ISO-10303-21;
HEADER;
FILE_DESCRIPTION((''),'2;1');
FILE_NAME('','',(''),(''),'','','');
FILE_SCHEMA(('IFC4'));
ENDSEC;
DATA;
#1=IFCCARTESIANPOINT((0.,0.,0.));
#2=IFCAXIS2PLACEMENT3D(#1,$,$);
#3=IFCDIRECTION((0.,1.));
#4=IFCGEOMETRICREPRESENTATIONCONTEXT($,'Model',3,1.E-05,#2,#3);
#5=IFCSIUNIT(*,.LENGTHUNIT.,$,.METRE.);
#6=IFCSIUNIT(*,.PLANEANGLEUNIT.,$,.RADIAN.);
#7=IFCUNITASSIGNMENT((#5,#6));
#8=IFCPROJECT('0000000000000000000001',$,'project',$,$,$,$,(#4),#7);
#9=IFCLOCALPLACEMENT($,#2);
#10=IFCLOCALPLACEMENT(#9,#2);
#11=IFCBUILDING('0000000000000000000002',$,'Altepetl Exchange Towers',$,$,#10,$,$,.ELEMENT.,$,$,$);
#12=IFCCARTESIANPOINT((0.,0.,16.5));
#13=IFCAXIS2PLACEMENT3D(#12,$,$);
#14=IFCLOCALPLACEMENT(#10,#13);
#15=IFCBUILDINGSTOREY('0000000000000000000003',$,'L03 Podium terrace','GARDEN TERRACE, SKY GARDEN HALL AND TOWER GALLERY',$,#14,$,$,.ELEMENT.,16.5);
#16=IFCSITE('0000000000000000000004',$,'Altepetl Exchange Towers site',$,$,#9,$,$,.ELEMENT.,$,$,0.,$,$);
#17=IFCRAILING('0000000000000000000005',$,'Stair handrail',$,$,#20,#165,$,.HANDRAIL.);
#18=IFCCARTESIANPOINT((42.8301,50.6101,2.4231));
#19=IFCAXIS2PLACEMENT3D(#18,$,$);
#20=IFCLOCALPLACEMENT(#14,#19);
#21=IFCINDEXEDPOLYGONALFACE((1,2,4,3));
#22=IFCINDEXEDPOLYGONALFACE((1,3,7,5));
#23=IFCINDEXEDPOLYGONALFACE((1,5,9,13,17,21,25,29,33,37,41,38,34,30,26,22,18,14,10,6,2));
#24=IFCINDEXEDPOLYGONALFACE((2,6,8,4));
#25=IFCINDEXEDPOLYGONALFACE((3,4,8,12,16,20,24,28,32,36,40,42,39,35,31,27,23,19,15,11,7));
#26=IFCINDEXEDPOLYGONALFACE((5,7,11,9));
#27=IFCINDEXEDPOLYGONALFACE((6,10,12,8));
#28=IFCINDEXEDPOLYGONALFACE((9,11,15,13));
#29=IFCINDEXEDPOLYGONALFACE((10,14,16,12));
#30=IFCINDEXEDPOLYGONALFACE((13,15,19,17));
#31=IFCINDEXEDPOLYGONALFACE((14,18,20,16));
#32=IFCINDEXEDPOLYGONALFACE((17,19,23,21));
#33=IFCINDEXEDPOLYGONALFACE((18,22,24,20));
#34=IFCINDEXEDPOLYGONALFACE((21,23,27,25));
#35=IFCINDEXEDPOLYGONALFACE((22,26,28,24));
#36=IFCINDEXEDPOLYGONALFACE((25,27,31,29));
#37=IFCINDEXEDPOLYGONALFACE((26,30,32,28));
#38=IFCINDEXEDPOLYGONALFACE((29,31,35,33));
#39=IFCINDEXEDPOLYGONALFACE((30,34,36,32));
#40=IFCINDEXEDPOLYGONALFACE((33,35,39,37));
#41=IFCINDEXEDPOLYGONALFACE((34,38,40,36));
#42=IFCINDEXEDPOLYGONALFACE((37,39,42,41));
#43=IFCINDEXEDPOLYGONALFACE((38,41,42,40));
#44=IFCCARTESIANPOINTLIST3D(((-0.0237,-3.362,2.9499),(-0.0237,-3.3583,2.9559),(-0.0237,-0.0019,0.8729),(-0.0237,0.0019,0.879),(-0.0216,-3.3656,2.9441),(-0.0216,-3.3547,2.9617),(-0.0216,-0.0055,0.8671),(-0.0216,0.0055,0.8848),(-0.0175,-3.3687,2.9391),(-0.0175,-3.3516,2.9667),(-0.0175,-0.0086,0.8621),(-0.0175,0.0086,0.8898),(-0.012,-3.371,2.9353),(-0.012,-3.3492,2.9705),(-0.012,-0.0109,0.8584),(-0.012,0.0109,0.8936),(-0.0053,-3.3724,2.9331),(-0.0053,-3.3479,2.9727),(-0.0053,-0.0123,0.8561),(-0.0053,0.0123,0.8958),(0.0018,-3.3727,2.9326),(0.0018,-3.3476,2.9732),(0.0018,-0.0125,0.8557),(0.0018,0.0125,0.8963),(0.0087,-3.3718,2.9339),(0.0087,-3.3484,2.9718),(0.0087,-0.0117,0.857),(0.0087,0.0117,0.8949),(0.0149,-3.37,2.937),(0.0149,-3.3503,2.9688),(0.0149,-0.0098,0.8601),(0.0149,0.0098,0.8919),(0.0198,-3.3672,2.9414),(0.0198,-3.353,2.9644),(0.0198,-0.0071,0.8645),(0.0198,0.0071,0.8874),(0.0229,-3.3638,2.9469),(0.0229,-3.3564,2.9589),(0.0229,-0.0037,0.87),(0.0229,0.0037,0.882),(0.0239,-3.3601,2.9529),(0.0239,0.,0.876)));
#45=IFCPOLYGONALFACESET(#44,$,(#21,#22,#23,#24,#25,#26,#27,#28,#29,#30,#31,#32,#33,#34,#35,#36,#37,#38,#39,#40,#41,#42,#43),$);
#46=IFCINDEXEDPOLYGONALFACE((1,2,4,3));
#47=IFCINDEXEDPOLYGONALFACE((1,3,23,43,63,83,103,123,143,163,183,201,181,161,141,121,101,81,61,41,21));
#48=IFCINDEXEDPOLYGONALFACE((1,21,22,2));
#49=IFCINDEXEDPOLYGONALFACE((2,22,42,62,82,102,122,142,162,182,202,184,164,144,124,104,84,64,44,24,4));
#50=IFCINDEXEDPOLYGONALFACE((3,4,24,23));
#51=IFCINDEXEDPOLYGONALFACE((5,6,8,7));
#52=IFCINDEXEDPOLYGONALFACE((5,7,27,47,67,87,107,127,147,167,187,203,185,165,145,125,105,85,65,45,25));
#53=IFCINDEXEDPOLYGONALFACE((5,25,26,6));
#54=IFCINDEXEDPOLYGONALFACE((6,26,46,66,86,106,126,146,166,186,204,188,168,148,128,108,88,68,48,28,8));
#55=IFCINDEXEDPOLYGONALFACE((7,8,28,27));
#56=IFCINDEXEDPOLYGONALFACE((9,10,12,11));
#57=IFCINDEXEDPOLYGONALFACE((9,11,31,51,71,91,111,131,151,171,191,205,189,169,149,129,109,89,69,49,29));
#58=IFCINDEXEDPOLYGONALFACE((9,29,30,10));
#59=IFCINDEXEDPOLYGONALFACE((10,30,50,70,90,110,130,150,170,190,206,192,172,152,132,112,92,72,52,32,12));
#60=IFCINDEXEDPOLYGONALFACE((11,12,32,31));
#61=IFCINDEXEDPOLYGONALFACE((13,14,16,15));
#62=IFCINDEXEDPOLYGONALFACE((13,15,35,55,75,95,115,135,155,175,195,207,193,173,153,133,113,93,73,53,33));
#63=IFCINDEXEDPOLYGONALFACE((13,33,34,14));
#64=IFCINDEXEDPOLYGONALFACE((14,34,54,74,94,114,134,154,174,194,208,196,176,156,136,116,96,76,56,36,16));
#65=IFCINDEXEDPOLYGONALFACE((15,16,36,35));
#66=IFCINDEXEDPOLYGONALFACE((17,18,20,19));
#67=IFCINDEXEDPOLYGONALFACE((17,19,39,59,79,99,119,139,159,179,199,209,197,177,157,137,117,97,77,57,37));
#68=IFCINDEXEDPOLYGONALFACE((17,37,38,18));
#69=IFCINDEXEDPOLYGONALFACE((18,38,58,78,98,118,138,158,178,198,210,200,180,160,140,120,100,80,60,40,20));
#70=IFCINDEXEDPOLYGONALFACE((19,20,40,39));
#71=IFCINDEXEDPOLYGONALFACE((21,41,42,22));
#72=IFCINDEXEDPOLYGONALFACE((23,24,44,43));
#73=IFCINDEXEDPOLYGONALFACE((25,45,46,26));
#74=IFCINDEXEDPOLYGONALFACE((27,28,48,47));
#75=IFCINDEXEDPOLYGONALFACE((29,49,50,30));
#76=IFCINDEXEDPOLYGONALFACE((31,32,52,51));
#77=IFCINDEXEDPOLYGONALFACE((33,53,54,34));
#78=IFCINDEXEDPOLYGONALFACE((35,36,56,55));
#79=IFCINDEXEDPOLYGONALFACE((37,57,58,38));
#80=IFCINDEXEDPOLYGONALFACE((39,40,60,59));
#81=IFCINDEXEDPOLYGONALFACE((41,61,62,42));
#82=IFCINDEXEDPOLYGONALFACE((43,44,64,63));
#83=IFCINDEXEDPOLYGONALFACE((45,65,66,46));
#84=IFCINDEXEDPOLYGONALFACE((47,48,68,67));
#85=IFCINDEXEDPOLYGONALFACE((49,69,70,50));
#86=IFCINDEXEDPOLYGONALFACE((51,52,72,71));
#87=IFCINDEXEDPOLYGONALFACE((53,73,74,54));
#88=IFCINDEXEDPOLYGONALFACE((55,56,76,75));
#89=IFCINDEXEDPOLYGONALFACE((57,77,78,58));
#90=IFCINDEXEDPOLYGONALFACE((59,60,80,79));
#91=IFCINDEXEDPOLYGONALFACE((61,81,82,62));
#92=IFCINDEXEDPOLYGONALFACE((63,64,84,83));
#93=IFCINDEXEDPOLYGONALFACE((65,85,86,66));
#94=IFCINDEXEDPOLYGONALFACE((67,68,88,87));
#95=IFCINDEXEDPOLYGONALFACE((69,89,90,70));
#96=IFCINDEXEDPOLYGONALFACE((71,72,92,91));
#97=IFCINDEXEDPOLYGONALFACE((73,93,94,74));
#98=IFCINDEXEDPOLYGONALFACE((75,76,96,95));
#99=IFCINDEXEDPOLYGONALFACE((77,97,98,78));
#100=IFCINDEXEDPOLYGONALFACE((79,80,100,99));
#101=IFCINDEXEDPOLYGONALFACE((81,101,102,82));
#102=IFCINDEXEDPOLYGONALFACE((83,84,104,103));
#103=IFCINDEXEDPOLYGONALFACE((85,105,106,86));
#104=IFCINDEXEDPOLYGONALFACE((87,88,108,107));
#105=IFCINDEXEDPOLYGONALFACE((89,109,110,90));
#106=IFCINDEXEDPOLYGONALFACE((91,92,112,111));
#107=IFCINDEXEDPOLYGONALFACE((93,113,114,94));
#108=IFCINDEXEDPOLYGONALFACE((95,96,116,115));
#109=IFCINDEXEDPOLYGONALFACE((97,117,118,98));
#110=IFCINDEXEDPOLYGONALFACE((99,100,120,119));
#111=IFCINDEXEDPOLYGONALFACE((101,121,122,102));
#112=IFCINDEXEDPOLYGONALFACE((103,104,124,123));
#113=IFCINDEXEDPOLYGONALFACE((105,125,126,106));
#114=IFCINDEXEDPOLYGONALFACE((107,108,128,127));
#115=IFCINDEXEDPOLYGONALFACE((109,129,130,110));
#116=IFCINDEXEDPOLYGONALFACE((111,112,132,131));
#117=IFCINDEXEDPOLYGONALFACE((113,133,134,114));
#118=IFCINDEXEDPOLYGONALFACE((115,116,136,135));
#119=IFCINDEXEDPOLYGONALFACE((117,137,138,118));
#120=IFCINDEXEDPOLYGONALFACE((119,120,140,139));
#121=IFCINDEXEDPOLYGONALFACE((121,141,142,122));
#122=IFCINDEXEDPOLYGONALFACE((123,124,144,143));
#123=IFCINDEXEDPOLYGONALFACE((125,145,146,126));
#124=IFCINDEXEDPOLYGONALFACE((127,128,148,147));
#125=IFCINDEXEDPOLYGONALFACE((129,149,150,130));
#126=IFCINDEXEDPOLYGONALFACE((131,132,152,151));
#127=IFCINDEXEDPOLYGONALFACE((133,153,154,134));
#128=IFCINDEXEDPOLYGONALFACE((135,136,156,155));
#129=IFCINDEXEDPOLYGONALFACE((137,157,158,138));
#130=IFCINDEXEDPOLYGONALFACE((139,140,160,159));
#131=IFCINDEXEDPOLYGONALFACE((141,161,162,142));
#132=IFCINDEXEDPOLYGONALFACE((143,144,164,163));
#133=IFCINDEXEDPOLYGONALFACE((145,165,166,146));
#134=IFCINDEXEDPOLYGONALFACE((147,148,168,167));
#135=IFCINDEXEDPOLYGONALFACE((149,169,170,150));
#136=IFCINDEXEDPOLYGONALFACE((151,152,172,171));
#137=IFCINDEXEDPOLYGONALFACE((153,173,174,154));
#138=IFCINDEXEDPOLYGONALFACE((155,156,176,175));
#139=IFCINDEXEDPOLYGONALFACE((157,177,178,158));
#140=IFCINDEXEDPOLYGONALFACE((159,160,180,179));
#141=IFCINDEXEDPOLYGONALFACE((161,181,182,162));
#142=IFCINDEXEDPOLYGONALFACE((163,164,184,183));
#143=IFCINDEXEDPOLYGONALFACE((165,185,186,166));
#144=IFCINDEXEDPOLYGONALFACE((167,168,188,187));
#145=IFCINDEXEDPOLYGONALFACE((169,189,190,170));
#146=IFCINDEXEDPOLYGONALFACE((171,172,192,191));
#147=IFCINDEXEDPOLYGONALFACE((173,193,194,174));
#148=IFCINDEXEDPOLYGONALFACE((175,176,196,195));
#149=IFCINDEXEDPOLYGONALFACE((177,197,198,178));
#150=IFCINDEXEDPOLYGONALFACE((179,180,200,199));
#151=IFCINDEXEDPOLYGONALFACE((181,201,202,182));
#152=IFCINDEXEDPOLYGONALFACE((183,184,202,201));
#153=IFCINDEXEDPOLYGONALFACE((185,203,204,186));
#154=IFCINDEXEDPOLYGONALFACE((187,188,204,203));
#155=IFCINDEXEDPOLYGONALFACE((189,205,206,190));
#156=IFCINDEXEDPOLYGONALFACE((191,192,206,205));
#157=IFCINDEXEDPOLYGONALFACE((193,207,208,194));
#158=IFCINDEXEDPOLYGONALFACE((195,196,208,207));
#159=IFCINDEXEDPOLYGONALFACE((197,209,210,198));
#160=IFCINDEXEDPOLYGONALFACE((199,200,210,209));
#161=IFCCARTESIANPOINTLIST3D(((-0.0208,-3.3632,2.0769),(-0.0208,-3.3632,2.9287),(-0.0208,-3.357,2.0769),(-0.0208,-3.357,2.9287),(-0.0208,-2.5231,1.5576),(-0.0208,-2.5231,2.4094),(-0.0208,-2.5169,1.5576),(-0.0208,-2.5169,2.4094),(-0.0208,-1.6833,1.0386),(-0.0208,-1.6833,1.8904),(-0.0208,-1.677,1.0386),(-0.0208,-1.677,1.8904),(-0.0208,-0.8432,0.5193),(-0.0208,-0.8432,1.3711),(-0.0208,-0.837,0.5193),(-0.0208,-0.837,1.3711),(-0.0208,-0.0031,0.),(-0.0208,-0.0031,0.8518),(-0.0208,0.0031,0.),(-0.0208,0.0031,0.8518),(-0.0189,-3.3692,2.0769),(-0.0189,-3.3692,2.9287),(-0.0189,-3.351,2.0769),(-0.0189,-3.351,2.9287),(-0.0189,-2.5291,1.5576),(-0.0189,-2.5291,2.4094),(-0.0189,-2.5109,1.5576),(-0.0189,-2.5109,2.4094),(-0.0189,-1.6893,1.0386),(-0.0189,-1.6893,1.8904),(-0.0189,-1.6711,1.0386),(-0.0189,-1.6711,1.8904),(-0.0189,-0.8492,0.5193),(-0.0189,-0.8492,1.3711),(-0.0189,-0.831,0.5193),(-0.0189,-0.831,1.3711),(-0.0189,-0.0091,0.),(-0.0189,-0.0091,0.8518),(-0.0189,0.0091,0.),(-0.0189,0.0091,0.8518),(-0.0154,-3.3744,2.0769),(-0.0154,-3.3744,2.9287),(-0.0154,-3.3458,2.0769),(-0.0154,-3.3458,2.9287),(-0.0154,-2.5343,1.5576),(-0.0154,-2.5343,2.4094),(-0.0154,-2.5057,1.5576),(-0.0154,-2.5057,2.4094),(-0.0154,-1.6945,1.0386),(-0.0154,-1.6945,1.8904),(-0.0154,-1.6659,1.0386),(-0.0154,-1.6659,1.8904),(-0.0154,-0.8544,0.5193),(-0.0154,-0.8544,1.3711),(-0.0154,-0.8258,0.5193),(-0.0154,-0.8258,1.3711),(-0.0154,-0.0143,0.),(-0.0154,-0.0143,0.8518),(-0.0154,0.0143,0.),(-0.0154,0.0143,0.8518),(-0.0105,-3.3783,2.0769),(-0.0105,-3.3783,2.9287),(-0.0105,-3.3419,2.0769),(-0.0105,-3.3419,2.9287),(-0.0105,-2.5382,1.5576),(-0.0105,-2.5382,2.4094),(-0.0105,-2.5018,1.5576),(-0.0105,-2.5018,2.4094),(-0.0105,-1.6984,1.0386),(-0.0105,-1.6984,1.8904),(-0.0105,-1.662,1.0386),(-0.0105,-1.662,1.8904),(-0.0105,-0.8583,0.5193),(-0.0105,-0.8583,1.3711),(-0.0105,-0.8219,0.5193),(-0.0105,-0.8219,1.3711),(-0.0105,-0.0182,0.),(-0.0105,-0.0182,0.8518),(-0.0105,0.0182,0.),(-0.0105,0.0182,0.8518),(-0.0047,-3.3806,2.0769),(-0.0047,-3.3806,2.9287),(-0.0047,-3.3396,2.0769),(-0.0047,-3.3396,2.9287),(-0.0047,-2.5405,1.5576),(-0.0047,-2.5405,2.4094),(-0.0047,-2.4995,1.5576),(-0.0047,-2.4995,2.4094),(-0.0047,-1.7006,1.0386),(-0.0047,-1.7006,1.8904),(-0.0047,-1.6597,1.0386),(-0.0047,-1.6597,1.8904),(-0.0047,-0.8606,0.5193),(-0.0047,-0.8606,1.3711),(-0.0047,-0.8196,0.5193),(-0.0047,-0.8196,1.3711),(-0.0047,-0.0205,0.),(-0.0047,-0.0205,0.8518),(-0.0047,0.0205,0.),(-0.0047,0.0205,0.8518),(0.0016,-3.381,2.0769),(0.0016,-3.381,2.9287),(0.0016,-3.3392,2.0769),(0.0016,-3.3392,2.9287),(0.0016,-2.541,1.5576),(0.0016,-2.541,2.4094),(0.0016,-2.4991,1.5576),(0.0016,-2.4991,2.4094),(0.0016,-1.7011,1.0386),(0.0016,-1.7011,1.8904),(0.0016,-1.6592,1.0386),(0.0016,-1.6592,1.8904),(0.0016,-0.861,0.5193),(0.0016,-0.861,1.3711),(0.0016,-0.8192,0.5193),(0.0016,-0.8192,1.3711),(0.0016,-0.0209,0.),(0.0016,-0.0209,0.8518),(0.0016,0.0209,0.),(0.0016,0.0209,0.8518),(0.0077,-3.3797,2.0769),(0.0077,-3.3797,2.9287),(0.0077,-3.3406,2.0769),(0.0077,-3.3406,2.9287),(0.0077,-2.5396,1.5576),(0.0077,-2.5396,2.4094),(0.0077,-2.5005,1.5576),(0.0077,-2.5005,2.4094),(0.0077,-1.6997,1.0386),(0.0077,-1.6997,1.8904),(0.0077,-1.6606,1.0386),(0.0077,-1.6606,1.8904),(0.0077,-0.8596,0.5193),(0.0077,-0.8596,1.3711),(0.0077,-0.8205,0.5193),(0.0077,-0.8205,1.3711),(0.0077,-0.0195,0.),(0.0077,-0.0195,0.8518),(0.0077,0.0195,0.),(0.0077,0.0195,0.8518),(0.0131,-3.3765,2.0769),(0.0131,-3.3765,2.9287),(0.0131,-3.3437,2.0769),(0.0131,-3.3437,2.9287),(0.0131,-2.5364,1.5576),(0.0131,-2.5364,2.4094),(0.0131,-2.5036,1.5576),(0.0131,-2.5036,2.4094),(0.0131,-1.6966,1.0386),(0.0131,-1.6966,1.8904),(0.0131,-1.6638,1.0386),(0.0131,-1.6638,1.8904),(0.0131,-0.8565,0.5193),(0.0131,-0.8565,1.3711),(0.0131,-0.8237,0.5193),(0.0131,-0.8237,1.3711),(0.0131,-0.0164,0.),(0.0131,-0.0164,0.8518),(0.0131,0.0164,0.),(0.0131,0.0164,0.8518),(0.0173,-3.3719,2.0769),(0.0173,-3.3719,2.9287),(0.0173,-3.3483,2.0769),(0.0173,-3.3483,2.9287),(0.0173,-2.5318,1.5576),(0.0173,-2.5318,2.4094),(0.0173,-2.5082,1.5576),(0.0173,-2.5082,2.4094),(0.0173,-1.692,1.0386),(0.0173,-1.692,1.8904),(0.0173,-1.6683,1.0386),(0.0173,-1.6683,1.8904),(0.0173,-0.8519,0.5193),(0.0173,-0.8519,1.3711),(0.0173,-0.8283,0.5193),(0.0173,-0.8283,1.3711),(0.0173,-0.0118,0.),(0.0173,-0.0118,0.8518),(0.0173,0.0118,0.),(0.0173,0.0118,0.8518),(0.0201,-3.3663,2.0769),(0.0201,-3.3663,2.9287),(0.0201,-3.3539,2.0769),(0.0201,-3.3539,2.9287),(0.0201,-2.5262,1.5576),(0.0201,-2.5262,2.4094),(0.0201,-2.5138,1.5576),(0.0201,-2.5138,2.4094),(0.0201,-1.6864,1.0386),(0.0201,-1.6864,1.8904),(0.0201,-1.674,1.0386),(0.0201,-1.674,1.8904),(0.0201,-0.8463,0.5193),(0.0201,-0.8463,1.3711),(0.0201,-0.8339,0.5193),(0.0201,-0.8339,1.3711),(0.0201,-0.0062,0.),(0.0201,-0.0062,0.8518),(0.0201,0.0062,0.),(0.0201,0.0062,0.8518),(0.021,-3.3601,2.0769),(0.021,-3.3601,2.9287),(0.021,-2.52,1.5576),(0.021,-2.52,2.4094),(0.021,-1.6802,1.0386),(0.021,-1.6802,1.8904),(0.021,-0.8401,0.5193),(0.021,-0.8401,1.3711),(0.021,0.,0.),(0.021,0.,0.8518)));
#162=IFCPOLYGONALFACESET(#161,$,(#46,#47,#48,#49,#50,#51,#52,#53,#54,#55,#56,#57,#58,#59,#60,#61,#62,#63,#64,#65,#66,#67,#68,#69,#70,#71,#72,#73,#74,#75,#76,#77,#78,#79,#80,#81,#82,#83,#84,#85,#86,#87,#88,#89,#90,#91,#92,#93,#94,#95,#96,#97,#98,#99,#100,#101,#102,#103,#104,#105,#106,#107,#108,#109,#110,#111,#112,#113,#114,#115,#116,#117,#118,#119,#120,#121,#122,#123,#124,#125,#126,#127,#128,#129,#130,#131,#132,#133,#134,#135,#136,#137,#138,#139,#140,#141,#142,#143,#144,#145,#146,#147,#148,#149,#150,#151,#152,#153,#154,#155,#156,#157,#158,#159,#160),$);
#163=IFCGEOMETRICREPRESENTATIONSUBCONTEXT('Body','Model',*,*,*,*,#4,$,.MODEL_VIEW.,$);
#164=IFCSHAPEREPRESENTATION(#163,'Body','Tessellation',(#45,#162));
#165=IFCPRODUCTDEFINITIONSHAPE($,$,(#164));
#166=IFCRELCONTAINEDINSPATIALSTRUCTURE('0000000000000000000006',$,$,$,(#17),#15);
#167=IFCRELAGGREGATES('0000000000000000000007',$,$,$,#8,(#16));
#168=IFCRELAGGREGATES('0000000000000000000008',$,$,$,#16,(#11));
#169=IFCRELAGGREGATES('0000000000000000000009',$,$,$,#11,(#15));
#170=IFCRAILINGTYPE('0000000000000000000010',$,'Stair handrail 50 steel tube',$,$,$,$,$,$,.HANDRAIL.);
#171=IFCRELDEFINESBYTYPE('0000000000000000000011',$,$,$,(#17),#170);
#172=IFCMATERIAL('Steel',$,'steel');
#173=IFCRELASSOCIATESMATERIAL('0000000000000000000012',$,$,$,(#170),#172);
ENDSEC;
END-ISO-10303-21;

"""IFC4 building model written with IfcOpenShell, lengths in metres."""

from ifc_helpers import new_model, si_unit, direction, frame, origin, origin_2d, place, context, subcontext, project, spatial, circle, extrude, source, transform, mapped, material, type_object, element, save


model = new_model("IFC4")

# Units and contexts
model_context = context("Model", 3, precision=1e-05, world=origin(), true_north=direction((0.0, 1.0)))
body_context = subcontext(model_context, "Body", "Model", "MODEL_VIEW")
ifc_project = project(units=[si_unit("LENGTHUNIT", "METRE"), si_unit("PLANEANGLEUNIT", "RADIAN")], contexts=[model_context])

# Site, building, storey
site_placement = place(None, origin())
site = spatial("IfcSite", under=ifc_project, at=site_placement, Name="Altepetl Exchange Towers site", CompositionType="ELEMENT", RefElevation=0.0)
building_placement = place(site_placement, origin())
building = spatial("IfcBuilding", under=site, at=building_placement, Name="Altepetl Exchange Towers", CompositionType="ELEMENT")
storey_placement = place(building_placement, frame((0.0, 0.0, 16.5)))
storey = spatial("IfcBuildingStorey", under=building, at=storey_placement, Name="L03 Podium terrace", Description="GARDEN TERRACE, SKY GARDEN HALL AND TOWER GALLERY", CompositionType="ELEMENT", Elevation=16.5)

# Railing
ifc_material_1 = material(Name="Steel", Category="steel")
railing_type = type_object("IfcRailingType", Name="Stair handrail 50 steel tube", PredefinedType="HANDRAIL", material=ifc_material_1)
shared_shape = source(origin(), body_context, "Body", "SweptSolid", [
    extrude(circle(Radius=0.021, at=origin_2d()), origin(), (0.0, 0.0, 1.0), 0.8518),
])
railing_placement = place(storey_placement, frame((42.8301, 50.6101, 2.4231)))
element("IfcRailing", 1, at=railing_placement, inside=storey, type_object=railing_type, Name="Stair handrail", PredefinedType="HANDRAIL", context=body_context, shape_type="SweptSolid", body=[
    extrude(circle(Radius=0.0239, at=origin_2d()), frame((0.0, 0.0, 0.876), z_axis=(0.0, -0.850623, 0.525776), x_axis=(1.0, 0.0, 0.0)), (0.0, 0.0, 1.0), 3.9502),
    mapped(shared_shape, transform((0.0, 0.0, 0.0))),
    mapped(shared_shape, transform((0.0, -0.8401, 0.5193))),
    mapped(shared_shape, transform((0.0, -1.6802, 1.0386))),
    mapped(shared_shape, transform((0.0, -2.52, 1.5576))),
    mapped(shared_shape, transform((0.0, -3.3601, 2.0769))),
])

save(model, "model.ifc")
